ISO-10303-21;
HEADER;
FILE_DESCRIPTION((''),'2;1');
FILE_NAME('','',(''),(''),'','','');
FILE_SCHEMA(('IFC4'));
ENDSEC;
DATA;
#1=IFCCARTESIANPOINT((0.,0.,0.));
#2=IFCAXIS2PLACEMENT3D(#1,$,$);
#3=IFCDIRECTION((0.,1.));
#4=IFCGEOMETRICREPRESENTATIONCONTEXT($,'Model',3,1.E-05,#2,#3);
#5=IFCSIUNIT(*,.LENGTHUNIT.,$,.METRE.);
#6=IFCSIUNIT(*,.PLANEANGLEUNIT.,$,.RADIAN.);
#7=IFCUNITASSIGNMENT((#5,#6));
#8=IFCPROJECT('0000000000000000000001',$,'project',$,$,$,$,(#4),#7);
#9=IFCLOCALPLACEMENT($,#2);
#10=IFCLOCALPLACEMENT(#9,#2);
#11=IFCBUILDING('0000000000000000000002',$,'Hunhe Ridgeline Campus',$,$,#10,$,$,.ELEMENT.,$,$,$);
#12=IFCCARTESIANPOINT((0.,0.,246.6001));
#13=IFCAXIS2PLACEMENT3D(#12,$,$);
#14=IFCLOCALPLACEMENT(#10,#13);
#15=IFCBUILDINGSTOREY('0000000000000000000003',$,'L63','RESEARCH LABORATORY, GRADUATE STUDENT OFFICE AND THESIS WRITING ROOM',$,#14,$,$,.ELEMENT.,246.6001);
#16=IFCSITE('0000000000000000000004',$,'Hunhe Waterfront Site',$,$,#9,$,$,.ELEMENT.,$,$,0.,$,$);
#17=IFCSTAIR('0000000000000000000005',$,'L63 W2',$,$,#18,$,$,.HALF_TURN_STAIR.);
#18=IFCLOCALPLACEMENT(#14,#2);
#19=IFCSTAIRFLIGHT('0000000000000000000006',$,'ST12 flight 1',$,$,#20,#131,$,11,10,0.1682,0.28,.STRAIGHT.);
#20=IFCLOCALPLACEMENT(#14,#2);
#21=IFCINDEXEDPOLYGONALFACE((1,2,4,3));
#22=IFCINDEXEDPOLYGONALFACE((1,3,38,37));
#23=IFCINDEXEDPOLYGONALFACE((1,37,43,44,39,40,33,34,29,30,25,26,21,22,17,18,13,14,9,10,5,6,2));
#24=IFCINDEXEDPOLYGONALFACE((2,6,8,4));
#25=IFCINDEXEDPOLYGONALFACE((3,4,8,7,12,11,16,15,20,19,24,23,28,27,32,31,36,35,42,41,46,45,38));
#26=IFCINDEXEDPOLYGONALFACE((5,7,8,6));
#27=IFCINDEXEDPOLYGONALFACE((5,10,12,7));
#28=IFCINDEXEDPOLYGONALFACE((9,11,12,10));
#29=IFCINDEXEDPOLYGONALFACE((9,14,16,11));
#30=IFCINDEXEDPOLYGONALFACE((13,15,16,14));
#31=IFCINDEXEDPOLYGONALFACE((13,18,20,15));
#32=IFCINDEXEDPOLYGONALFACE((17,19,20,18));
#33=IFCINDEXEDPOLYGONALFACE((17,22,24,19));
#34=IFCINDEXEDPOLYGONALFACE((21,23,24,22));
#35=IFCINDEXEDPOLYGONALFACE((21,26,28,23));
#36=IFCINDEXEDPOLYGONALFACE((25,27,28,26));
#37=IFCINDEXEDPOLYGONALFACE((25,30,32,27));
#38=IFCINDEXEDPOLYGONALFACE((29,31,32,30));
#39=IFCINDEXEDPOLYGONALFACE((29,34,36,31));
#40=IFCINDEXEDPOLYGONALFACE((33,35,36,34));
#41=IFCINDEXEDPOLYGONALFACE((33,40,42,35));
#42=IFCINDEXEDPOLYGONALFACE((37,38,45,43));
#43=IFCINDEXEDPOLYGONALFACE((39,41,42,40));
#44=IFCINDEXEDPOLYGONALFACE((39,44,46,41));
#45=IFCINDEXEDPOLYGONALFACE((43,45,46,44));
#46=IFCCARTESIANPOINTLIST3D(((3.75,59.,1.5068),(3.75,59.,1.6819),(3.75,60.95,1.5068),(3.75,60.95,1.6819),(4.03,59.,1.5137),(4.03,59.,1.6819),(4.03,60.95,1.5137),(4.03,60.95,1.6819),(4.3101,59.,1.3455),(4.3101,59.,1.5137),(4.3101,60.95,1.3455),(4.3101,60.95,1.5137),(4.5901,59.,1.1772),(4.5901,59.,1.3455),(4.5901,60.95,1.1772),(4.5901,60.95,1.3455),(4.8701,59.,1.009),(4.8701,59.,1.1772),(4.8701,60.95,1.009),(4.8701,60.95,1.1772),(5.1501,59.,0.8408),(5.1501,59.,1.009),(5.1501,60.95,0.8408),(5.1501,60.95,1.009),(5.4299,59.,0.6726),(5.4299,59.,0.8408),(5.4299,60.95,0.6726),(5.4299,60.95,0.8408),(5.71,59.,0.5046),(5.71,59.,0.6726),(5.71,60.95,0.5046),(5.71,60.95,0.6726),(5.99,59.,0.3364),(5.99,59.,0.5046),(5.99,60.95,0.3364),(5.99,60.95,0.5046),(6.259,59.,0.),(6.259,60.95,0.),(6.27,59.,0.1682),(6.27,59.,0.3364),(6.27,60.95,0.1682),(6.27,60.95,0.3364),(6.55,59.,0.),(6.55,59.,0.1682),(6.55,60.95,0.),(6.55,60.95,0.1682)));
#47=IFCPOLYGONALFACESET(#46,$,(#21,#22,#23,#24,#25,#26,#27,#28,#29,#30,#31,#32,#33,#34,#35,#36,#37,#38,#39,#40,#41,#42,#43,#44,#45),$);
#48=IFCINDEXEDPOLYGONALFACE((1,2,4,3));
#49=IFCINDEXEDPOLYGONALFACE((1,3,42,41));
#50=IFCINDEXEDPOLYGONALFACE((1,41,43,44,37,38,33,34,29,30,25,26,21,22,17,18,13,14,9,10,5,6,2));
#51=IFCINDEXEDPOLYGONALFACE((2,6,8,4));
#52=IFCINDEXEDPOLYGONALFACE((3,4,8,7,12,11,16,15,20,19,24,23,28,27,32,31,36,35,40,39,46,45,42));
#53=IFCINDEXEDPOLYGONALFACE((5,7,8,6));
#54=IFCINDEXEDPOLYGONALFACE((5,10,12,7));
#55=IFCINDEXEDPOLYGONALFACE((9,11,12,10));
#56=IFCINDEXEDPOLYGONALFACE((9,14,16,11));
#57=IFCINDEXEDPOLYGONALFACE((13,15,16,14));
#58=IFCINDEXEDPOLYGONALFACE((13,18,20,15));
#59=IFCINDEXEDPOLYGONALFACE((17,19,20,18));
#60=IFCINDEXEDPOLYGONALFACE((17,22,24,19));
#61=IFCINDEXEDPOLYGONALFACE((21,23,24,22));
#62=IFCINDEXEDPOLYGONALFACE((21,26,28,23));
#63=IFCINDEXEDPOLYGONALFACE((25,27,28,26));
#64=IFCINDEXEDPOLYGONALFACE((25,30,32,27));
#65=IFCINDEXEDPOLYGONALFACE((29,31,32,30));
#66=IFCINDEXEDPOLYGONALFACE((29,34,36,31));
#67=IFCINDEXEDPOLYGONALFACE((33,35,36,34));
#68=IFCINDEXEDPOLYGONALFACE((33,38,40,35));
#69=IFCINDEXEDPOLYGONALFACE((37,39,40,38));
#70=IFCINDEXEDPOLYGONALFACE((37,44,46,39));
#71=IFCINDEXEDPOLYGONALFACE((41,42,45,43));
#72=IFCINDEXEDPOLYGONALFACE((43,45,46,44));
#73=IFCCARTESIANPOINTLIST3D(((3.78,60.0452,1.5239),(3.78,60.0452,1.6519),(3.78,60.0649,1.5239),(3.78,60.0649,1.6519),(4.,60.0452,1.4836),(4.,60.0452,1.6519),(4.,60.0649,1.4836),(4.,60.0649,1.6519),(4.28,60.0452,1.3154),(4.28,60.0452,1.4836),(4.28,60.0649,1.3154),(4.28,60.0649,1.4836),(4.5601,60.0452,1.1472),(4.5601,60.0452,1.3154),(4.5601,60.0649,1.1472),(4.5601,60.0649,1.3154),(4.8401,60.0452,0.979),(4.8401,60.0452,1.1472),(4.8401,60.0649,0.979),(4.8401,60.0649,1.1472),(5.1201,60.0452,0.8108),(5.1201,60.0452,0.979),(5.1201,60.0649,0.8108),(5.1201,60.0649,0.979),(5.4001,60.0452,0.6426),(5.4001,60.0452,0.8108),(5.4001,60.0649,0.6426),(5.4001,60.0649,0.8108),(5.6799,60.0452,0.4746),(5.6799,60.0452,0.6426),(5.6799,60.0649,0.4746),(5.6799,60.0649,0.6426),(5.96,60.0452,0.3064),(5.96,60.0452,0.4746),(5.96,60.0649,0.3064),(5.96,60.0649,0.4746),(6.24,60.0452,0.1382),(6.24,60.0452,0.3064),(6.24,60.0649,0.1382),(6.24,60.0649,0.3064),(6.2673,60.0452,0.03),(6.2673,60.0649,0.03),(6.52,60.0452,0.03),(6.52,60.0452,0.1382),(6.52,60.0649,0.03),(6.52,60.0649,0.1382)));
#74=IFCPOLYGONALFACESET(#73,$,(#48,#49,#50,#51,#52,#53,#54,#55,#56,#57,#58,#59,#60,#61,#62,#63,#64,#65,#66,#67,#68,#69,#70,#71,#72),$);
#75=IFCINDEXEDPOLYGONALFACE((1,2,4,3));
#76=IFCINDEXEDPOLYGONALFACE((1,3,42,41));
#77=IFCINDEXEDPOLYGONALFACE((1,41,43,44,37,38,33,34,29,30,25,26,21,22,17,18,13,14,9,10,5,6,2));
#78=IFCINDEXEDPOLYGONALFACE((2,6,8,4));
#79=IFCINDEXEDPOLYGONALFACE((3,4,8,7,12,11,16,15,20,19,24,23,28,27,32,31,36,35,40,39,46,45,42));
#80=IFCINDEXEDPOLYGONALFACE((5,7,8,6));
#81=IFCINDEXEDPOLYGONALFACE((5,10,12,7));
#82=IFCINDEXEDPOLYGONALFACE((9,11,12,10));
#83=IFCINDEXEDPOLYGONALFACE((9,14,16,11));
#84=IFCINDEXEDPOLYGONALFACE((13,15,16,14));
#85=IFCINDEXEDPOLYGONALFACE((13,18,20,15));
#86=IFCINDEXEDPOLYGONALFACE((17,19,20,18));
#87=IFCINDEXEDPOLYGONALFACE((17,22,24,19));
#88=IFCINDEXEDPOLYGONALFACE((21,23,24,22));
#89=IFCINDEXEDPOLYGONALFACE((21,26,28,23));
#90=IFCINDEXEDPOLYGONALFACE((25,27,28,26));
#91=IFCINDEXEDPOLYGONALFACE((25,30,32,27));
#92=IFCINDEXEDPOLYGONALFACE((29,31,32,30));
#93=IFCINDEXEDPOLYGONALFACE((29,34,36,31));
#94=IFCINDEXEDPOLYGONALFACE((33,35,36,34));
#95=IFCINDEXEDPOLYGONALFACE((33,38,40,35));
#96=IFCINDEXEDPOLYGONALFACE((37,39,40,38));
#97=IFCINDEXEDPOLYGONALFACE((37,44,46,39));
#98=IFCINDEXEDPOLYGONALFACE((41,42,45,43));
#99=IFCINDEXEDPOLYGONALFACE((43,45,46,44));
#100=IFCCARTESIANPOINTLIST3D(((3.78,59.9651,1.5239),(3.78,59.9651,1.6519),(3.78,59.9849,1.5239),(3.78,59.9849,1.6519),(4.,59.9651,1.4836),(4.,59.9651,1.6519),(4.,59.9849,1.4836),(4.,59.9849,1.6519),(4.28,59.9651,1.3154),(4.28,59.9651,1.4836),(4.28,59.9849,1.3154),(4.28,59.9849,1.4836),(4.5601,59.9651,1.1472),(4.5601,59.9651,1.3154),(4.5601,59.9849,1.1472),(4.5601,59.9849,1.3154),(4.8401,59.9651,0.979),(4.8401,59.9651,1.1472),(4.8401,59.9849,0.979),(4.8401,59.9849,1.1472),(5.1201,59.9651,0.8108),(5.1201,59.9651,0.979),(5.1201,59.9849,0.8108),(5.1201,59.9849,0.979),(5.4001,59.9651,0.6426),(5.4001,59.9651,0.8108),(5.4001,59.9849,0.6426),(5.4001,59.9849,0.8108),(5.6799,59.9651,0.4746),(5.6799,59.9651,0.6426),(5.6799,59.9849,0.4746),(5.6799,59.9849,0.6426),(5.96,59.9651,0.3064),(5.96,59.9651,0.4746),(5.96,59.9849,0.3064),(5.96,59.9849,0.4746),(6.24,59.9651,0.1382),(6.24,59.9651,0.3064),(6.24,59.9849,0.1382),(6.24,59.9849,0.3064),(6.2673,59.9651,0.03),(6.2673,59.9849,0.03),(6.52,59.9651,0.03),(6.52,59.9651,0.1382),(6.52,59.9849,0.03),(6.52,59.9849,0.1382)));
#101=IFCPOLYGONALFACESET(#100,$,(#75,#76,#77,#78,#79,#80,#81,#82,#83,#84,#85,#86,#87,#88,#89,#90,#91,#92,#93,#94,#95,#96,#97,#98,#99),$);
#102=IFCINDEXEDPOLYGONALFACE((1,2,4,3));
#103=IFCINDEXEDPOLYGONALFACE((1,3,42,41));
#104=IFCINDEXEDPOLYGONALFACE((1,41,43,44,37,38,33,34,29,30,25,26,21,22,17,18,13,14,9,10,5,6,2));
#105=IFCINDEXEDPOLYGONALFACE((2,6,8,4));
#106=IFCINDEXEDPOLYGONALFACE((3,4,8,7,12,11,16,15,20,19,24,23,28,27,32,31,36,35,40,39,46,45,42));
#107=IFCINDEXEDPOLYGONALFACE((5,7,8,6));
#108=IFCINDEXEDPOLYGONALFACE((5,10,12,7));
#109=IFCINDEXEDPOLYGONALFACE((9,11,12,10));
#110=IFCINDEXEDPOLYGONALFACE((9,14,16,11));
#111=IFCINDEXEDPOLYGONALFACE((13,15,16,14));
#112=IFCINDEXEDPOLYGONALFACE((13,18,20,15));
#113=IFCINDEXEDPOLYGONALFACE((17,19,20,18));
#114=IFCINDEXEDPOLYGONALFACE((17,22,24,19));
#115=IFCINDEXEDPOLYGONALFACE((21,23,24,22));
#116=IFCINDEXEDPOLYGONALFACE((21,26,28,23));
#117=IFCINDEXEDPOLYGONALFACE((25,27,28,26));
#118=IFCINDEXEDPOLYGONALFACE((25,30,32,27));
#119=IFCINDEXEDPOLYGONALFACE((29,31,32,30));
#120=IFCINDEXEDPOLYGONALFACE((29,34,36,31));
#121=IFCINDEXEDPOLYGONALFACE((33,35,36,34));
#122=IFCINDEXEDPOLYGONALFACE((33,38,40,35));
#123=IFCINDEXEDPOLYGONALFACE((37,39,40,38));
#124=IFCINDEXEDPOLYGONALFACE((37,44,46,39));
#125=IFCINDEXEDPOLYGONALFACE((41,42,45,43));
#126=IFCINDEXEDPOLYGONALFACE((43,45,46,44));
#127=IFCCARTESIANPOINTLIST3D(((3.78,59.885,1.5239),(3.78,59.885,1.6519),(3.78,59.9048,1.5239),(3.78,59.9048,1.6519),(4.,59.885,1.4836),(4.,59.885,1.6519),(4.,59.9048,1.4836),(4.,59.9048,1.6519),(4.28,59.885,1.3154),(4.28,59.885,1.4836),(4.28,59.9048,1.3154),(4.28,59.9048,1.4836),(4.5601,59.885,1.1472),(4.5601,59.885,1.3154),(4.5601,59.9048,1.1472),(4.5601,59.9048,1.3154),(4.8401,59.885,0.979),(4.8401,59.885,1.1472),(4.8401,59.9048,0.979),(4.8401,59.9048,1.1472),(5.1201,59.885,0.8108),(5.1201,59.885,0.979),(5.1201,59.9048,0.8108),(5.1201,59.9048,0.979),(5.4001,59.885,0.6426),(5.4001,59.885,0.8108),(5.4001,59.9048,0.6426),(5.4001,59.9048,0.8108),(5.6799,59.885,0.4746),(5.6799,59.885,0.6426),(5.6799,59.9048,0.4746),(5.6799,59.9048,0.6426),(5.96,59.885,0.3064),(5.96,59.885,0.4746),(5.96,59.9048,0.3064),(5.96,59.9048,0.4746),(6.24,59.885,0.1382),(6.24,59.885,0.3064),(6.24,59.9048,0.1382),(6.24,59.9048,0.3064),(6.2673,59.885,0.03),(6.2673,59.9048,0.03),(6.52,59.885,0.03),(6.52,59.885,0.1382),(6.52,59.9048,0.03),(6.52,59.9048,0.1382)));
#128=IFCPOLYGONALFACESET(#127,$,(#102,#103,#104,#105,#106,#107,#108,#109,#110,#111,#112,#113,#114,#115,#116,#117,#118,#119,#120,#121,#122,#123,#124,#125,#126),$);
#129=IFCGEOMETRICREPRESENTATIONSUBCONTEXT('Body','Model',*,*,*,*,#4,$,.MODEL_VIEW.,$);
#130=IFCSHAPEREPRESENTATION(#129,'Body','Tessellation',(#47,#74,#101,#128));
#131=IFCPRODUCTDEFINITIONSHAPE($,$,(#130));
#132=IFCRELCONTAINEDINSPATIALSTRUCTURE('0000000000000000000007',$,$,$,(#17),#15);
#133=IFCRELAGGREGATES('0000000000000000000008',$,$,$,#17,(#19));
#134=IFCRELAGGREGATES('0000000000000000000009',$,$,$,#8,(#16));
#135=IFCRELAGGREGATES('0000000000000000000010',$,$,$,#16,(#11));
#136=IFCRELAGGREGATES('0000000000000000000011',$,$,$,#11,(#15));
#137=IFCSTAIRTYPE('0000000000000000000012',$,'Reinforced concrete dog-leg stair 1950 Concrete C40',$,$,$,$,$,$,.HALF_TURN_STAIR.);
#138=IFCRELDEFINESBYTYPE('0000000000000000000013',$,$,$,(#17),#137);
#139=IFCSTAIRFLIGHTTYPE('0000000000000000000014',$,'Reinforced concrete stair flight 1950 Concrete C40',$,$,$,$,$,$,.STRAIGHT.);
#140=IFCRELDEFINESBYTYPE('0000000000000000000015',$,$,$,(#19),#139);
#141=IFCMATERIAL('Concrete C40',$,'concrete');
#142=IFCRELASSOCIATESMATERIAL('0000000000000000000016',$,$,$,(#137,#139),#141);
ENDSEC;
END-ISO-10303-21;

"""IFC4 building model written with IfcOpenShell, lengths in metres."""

from ifc_helpers import new_model, si_unit, direction, frame, origin, place, context, subcontext, project, spatial, polyline, outline, extrude, material, type_object, element, aggregate, save


model = new_model("IFC4")

# Units and contexts
model_context = context("Model", 3, precision=1e-05, world=origin(), true_north=direction((0.0, 1.0)))
body_context = subcontext(model_context, "Body", "Model", "MODEL_VIEW")
ifc_project = project(units=[si_unit("LENGTHUNIT", "METRE"), si_unit("PLANEANGLEUNIT", "RADIAN")], contexts=[model_context])

# Site, building, storey
site_placement = place(None, origin())
site = spatial("IfcSite", under=ifc_project, at=site_placement, Name="Hunhe Waterfront Site", CompositionType="ELEMENT", RefElevation=0.0)
building_placement = place(site_placement, origin())
building = spatial("IfcBuilding", under=site, at=building_placement, Name="Hunhe Ridgeline Campus", CompositionType="ELEMENT")
storey_placement = place(building_placement, frame((0.0, 0.0, 246.6001)))
storey = spatial("IfcBuildingStorey", under=building, at=storey_placement, Name="L63", Description="RESEARCH LABORATORY, GRADUATE STUDENT OFFICE AND THESIS WRITING ROOM", CompositionType="ELEMENT", Elevation=246.6001)

# Stair, stair flight
ifc_material_1 = material(Name="Concrete C40", Category="concrete")
stair_type = type_object("IfcStairType", Name="Reinforced concrete dog-leg stair 1950 Concrete C40", PredefinedType="HALF_TURN_STAIR", material=ifc_material_1)
stair_flight_type = type_object("IfcStairFlightType", Name="Reinforced concrete stair flight 1950 Concrete C40", PredefinedType="STRAIGHT", material=ifc_material_1)
stair_1_placement = place(storey_placement, origin())
stair_1 = element("IfcStair", 1, at=stair_1_placement, inside=storey, type_object=stair_type, Name="L63 W2", PredefinedType="HALF_TURN_STAIR")
stair_flight_1_placement = place(storey_placement, frame((6.55, 59.9751, 0.0), z_axis=(0.0, 0.0, 1.0), x_axis=(-1.0, 0.0, 0.0)))
stair_flight_1 = element("IfcStairFlight", 2, at=stair_flight_1_placement, type_object=stair_flight_type, Name="ST12 flight 1", NumberOfRisers=11, NumberOfTreads=10, PredefinedType="STRAIGHT", RiserHeight=0.1682, TreadLength=0.28, context=body_context, shape_type="SweptSolid", body=[
    extrude(outline(polyline([(0.0, 0.0), (0.0, 0.1682), (0.28, 0.1682), (0.28, 0.3364), (0.5601, 0.3364), (0.5601, 0.5046), (0.8401, 0.5046), (0.8401, 0.6726), (1.1201, 0.6726), (1.1201, 0.8408), (1.3999, 0.8408), (1.3999, 1.009), (1.6799, 1.009), (1.6799, 1.1772), (1.96, 1.1772), (1.96, 1.3455), (2.24, 1.3455), (2.24, 1.5137), (2.52, 1.5137), (2.52, 1.6819), (2.8, 1.6819), (2.8, 1.8501), (2.8, 1.5068), (0.291, 0.0), (0.0, 0.0)])), frame((0.0, 0.9751, 0.0), z_axis=(0.0, -1.0, 0.0), x_axis=(1.0, 0.0, 0.0)), (0.0, 0.0, 1.0), 1.95),
    extrude(outline(polyline([(0.03, 0.03), (0.03, 0.1382), (0.3101, 0.1382), (0.3101, 0.3064), (0.5901, 0.3064), (0.5901, 0.4746), (0.8701, 0.4746), (0.8701, 0.6426), (1.1499, 0.6426), (1.1499, 0.8108), (1.4299, 0.8108), (1.4299, 0.979), (1.71, 0.979), (1.71, 1.1472), (1.99, 1.1472), (1.99, 1.3154), (2.27, 1.3154), (2.27, 1.4836), (2.55, 1.4836), (2.55, 1.6519), (2.77, 1.6519), (2.77, 1.5239), (0.2827, 0.03), (0.03, 0.03)])), frame((0.0, -0.0701, 0.0), z_axis=(0.0, -1.0, 0.0), x_axis=(1.0, 0.0, 0.0)), (0.0, 0.0, 1.0), 0.0198),
    extrude(outline(polyline([(0.03, 0.03), (0.03, 0.1382), (0.3101, 0.1382), (0.3101, 0.3064), (0.5901, 0.3064), (0.5901, 0.4746), (0.8701, 0.4746), (0.8701, 0.6426), (1.1499, 0.6426), (1.1499, 0.8108), (1.4299, 0.8108), (1.4299, 0.979), (1.71, 0.979), (1.71, 1.1472), (1.99, 1.1472), (1.99, 1.3154), (2.27, 1.3154), (2.27, 1.4836), (2.55, 1.4836), (2.55, 1.6519), (2.77, 1.6519), (2.77, 1.5239), (0.2827, 0.03), (0.03, 0.03)])), frame((0.0, 0.01, 0.0), z_axis=(0.0, -1.0, 0.0), x_axis=(1.0, 0.0, 0.0)), (0.0, 0.0, 1.0), 0.0198),
    extrude(outline(polyline([(0.03, 0.03), (0.03, 0.1382), (0.3101, 0.1382), (0.3101, 0.3064), (0.5901, 0.3064), (0.5901, 0.4746), (0.8701, 0.4746), (0.8701, 0.6426), (1.1499, 0.6426), (1.1499, 0.8108), (1.4299, 0.8108), (1.4299, 0.979), (1.71, 0.979), (1.71, 1.1472), (1.99, 1.1472), (1.99, 1.3154), (2.27, 1.3154), (2.27, 1.4836), (2.55, 1.4836), (2.55, 1.6519), (2.77, 1.6519), (2.77, 1.5239), (0.2827, 0.03), (0.03, 0.03)])), frame((0.0, 0.0901, 0.0), z_axis=(0.0, -1.0, 0.0), x_axis=(1.0, 0.0, 0.0)), (0.0, 0.0, 1.0), 0.0198),
])
aggregate(stair_1, [stair_flight_1])

save(model, "model.ifc")
